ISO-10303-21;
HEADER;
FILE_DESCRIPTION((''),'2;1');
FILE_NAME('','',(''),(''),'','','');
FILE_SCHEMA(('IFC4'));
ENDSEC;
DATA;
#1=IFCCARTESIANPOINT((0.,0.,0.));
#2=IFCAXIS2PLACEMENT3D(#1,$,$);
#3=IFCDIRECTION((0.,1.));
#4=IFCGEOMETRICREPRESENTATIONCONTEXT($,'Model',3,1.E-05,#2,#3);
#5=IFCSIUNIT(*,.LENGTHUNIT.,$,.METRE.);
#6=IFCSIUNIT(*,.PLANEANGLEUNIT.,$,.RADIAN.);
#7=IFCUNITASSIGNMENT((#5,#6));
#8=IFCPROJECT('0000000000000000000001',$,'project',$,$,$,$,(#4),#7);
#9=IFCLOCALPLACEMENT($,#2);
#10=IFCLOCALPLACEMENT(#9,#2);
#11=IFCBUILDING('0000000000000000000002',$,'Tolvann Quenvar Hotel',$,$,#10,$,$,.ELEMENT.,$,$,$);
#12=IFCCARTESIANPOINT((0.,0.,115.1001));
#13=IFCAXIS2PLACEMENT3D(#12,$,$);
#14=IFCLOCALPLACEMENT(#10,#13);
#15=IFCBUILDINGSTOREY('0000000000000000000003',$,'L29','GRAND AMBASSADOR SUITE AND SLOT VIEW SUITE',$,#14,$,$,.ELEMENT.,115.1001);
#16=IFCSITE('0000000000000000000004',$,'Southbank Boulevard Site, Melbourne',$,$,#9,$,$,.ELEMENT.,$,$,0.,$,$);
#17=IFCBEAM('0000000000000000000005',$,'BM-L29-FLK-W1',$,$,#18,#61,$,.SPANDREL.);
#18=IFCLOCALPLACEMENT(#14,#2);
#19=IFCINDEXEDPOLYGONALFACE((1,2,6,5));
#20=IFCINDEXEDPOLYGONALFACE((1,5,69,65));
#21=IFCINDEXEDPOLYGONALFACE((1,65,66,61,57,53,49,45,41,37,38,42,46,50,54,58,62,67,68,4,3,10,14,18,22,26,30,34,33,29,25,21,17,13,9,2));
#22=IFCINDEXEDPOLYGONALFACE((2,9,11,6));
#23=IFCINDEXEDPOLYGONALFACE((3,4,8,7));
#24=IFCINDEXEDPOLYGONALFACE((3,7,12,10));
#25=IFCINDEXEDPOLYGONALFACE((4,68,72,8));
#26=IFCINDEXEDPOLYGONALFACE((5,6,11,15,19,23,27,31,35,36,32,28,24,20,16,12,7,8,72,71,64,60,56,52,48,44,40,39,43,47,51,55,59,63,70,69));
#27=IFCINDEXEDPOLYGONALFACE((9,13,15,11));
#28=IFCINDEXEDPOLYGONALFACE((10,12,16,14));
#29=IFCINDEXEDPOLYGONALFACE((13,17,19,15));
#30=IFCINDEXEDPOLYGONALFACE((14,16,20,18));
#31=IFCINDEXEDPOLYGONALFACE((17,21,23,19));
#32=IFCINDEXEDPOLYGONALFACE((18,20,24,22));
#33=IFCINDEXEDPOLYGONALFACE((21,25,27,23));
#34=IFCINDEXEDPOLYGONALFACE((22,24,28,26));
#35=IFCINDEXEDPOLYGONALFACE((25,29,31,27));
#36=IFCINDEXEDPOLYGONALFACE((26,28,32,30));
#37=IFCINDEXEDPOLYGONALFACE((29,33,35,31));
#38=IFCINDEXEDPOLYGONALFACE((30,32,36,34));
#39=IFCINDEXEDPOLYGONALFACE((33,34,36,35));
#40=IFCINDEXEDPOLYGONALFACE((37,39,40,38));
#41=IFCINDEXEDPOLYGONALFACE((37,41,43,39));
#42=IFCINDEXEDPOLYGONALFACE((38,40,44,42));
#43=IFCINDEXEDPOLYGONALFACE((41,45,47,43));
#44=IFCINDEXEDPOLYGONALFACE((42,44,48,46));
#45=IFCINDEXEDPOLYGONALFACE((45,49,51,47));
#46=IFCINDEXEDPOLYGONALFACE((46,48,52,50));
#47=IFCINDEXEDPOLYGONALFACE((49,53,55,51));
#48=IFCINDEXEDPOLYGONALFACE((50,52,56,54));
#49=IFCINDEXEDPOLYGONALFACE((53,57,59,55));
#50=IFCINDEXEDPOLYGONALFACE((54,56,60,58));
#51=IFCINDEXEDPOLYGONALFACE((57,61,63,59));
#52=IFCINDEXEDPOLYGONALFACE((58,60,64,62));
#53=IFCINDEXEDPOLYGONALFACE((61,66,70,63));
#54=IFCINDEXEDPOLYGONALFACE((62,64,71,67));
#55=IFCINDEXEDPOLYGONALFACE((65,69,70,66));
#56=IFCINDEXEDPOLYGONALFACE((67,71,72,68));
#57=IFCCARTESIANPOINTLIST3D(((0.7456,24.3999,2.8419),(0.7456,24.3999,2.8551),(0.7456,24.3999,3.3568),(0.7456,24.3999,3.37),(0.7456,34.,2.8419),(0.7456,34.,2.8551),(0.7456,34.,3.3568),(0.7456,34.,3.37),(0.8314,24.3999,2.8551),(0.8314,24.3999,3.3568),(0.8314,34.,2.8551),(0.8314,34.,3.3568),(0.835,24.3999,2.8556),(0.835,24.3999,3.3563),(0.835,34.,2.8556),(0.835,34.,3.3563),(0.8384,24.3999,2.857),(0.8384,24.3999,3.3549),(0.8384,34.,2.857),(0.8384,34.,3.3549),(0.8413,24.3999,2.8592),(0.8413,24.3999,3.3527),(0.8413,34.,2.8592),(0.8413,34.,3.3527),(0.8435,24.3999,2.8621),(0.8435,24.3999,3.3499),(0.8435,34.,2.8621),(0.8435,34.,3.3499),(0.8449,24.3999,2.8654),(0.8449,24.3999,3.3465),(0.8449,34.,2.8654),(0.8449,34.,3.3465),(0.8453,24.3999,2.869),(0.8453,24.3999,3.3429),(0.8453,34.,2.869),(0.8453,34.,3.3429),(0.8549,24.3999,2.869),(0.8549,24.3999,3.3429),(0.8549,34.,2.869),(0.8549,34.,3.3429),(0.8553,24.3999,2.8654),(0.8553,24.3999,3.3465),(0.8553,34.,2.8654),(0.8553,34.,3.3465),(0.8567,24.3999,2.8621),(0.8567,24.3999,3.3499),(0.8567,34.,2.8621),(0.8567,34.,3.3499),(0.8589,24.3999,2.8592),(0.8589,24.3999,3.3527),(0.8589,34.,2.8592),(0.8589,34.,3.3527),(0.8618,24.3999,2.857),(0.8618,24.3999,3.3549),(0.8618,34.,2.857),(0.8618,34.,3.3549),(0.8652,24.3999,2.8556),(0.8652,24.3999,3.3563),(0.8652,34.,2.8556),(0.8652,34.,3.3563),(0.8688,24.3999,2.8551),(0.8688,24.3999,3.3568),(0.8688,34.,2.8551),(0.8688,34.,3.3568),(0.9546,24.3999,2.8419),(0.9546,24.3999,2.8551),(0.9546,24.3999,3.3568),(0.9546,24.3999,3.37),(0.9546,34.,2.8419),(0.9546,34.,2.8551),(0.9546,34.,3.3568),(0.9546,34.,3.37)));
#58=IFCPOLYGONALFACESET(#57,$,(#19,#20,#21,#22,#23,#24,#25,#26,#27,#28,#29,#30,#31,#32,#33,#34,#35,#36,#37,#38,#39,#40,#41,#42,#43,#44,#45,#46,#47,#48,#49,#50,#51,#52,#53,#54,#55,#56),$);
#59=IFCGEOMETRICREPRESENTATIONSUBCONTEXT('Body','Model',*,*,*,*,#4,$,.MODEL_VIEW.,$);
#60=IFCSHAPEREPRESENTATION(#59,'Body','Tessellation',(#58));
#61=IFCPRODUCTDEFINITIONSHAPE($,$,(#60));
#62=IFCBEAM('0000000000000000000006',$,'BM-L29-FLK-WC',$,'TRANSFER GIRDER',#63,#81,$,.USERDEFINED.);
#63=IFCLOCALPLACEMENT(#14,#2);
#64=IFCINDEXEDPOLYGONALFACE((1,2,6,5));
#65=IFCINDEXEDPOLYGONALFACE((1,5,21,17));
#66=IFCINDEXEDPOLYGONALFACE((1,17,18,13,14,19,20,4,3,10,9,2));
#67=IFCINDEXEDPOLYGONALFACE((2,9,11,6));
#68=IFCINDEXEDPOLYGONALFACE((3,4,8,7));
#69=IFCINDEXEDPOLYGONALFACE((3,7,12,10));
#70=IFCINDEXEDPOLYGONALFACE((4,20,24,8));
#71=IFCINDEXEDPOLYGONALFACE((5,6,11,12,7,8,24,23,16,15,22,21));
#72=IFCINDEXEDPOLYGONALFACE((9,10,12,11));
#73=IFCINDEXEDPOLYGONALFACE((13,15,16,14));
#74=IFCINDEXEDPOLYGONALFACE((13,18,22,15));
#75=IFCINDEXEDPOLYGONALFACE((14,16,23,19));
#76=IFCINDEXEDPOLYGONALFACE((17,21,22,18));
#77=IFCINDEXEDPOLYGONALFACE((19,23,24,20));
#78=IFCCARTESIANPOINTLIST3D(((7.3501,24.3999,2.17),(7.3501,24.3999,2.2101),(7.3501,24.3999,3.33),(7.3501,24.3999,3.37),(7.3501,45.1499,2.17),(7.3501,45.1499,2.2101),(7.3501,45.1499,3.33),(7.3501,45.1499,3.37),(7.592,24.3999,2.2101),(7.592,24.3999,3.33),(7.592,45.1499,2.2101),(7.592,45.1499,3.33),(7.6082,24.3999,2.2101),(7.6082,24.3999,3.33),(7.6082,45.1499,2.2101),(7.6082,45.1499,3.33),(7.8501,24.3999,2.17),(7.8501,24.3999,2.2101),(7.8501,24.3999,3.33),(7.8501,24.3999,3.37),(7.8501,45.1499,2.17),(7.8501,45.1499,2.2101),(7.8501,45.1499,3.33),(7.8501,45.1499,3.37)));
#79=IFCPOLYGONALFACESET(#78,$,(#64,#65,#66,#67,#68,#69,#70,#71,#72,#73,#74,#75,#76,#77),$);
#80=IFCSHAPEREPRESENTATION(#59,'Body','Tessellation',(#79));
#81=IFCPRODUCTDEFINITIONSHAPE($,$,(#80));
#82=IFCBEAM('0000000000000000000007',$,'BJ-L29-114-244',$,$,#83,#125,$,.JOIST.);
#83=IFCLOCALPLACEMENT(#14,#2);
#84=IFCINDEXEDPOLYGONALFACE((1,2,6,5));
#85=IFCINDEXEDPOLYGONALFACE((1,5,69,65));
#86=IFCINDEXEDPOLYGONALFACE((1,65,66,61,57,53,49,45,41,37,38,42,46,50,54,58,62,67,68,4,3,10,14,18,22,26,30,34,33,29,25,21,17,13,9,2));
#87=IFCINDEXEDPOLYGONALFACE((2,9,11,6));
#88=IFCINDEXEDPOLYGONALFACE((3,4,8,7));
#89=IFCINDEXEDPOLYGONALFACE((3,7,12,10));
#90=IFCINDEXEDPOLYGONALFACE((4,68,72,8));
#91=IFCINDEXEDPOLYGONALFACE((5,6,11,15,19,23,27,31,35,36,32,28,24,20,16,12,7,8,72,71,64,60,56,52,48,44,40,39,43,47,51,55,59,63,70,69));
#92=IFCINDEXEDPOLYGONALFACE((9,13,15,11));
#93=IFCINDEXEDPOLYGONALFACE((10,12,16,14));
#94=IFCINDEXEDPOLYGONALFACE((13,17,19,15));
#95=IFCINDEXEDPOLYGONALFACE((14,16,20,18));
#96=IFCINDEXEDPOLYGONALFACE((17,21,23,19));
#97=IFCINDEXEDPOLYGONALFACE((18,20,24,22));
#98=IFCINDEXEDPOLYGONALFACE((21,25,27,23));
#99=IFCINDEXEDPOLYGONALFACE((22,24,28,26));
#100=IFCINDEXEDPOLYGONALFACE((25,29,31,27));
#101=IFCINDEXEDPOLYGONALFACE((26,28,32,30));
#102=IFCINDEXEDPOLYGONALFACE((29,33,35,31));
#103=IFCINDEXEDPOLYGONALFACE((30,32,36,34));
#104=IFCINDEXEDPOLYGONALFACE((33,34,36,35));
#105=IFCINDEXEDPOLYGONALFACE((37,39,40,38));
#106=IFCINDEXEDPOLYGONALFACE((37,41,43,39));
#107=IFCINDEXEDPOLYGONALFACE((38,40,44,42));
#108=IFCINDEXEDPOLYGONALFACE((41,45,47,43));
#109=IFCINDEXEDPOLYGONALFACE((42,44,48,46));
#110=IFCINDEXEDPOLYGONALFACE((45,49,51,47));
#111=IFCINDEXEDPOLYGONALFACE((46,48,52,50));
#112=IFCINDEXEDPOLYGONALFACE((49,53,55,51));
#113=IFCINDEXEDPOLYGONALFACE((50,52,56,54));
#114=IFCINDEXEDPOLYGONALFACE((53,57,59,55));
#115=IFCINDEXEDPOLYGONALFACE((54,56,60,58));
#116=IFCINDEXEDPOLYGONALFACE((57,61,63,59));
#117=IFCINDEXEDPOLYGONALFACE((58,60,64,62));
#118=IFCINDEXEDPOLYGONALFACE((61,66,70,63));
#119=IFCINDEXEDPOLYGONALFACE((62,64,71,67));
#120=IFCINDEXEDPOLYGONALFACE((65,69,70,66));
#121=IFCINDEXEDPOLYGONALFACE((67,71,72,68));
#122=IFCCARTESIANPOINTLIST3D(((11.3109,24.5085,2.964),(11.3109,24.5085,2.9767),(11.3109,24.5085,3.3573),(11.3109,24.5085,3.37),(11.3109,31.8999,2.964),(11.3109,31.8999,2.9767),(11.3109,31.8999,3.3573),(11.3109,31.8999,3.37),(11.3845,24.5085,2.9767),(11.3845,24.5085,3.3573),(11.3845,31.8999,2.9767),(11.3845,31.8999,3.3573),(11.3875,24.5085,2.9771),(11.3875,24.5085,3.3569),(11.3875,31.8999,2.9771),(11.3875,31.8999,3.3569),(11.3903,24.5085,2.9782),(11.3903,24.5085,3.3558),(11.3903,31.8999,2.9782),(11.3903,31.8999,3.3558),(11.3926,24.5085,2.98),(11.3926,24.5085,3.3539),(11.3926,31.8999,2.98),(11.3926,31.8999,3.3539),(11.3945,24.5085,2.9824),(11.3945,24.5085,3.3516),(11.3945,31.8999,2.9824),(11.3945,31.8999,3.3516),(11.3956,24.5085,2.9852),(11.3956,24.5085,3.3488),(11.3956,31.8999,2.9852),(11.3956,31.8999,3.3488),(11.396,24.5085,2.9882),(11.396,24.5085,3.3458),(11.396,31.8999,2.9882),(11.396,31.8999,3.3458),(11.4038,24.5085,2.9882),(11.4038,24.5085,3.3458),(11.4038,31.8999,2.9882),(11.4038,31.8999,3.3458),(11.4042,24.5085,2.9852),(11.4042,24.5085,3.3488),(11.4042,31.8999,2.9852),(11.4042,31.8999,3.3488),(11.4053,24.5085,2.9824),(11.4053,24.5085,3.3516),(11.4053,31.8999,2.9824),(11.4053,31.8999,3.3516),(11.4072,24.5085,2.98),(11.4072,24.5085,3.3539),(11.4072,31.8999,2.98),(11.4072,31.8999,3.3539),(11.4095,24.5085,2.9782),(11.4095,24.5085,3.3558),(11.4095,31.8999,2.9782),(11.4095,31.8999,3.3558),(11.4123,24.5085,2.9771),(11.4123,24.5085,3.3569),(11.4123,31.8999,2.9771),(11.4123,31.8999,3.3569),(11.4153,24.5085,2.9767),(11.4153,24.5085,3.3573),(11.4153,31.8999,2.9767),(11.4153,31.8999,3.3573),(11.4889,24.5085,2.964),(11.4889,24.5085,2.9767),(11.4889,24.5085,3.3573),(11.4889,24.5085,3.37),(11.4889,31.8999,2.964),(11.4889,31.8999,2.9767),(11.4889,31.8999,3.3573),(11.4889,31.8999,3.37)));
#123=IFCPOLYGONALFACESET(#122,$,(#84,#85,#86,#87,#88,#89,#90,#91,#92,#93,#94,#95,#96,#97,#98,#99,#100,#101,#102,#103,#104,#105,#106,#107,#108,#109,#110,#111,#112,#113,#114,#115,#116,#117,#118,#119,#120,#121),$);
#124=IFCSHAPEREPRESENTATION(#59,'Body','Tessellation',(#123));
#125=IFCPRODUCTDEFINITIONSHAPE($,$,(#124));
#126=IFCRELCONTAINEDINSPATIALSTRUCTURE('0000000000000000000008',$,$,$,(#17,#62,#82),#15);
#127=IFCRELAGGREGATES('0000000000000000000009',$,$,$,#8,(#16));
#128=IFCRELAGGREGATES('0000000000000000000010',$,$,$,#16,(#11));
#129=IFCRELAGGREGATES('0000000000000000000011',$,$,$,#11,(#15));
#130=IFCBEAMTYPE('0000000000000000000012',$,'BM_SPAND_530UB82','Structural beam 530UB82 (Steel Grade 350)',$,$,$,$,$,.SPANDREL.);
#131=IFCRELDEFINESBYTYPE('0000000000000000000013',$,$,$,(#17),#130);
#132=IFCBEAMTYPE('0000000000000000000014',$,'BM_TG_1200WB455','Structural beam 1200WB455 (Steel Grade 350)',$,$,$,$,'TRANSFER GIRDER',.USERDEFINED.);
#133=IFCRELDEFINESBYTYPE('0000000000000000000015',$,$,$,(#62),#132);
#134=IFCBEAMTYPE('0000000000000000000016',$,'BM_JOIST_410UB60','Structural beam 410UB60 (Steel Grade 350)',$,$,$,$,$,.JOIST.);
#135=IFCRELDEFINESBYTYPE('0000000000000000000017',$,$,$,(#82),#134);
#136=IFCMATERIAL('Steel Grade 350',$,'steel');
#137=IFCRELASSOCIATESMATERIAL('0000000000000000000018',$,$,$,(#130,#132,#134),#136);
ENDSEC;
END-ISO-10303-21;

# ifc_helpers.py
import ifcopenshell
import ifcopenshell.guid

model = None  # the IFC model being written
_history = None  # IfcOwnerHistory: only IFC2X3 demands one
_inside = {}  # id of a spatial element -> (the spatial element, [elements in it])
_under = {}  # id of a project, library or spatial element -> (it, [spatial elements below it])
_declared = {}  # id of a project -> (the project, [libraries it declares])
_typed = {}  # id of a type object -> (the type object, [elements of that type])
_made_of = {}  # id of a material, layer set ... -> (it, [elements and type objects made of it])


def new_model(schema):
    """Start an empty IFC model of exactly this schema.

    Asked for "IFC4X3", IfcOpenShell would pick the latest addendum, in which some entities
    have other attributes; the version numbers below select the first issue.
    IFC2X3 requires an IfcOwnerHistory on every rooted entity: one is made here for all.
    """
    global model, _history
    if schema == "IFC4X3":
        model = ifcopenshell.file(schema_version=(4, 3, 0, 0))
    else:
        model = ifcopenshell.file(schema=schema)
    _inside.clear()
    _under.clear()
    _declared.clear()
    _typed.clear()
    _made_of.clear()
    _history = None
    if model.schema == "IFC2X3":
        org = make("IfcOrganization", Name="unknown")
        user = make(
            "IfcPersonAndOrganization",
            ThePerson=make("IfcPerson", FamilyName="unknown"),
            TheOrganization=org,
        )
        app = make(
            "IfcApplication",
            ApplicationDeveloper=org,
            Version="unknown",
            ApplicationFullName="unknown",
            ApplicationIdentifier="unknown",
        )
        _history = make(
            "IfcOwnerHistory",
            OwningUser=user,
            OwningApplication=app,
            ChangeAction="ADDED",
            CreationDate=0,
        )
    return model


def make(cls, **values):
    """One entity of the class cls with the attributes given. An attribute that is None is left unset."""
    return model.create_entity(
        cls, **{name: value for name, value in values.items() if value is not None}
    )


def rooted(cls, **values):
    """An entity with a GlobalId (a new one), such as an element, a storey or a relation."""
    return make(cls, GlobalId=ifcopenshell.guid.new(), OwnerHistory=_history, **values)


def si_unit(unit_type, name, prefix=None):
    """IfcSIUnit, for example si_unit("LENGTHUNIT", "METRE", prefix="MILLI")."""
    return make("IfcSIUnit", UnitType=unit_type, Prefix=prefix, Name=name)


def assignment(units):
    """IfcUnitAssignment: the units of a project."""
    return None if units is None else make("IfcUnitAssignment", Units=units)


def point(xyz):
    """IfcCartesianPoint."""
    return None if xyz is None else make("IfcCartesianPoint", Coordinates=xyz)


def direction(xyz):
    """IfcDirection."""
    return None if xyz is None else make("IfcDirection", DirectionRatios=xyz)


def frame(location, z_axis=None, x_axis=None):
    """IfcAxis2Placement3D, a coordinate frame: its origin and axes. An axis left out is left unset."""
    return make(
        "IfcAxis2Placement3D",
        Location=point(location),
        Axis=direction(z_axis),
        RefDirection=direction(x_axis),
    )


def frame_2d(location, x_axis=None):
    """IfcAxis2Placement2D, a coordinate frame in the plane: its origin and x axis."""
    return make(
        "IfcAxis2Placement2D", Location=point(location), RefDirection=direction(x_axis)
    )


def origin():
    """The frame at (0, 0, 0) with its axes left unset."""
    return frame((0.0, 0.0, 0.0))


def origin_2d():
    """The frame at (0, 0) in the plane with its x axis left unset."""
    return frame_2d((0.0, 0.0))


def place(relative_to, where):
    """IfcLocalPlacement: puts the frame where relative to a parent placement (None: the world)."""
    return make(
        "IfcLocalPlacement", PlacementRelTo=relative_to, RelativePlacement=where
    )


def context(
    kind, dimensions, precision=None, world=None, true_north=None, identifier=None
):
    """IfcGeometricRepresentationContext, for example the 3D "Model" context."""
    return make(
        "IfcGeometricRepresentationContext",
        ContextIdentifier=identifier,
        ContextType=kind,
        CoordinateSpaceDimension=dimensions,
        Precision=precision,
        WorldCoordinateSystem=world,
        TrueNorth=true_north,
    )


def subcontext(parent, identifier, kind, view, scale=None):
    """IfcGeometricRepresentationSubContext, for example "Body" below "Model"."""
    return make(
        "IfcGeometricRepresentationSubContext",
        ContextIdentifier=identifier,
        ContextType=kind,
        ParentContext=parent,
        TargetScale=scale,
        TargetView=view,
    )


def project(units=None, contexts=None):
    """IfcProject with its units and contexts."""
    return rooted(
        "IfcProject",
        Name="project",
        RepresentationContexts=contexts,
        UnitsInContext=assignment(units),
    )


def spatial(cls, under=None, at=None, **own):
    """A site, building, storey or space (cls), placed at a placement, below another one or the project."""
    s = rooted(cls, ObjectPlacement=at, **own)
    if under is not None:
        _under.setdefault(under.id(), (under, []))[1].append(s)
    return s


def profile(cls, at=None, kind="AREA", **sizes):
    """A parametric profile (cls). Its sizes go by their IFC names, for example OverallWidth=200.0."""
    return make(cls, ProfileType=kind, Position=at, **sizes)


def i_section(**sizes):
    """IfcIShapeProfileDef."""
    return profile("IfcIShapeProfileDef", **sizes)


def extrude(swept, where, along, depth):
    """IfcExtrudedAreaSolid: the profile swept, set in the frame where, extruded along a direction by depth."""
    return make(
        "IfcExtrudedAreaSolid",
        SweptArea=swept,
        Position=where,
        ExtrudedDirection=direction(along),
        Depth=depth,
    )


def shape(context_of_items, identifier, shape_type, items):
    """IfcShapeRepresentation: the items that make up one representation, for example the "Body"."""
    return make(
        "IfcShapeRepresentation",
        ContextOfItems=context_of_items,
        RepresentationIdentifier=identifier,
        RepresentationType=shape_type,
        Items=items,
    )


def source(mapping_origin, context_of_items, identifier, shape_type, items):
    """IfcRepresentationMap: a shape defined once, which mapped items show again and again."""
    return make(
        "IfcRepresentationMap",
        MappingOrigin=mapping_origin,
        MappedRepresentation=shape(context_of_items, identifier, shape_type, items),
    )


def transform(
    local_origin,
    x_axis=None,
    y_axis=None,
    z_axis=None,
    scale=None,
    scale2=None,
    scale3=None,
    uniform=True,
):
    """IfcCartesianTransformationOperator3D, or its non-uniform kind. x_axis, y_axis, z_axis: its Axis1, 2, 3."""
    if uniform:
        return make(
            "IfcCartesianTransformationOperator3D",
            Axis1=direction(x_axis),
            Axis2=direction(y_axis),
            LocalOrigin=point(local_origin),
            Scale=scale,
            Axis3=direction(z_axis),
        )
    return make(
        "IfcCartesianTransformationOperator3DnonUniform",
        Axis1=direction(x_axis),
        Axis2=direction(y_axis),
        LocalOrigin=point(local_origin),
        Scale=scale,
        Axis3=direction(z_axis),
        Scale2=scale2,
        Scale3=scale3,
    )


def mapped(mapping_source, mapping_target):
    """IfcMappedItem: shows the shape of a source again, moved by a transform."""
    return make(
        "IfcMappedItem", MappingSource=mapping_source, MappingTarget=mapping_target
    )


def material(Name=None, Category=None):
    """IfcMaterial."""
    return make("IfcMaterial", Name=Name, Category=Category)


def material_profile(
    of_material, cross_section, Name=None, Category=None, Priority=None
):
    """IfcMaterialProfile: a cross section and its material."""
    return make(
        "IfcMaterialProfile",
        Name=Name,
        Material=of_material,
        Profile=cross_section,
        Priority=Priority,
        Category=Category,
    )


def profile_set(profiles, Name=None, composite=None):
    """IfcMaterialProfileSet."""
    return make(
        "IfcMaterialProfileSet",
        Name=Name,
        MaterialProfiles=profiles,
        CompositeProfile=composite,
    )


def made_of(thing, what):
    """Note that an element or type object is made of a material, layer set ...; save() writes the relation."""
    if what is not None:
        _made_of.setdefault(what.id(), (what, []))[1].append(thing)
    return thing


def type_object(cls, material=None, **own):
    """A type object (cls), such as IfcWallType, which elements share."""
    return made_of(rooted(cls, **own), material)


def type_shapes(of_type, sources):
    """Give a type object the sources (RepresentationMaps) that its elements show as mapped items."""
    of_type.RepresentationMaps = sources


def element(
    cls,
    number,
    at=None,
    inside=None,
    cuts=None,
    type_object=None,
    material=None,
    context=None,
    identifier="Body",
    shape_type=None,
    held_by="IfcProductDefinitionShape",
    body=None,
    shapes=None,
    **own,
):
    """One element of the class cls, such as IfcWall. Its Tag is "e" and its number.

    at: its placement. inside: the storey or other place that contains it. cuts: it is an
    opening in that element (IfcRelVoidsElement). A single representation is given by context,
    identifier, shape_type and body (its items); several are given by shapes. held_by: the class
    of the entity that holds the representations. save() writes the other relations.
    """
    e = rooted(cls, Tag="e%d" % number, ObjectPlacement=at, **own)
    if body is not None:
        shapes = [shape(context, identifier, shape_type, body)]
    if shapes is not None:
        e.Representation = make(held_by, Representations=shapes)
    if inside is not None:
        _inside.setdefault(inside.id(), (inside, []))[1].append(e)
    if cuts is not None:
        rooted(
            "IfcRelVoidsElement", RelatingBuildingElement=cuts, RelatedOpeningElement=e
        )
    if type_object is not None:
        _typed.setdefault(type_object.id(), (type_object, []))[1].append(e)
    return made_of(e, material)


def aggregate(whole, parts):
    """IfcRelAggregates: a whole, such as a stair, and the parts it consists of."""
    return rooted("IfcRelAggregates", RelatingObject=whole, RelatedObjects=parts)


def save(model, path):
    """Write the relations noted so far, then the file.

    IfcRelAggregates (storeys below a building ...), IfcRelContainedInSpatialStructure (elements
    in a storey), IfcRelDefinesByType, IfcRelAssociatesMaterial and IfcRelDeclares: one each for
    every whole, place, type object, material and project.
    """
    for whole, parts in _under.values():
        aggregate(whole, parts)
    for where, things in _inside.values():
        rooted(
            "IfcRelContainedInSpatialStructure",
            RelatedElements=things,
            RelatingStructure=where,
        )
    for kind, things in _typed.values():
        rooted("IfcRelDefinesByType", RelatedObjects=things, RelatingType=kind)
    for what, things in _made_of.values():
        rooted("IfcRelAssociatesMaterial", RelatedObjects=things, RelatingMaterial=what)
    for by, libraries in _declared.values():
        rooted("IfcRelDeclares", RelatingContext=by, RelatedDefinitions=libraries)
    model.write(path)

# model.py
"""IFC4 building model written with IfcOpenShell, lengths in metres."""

from ifc_helpers import new_model, si_unit, direction, frame, origin, origin_2d, place, context, subcontext, project, spatial, i_section, extrude, source, transform, mapped, material, material_profile, profile_set, type_object, type_shapes, element, save


model = new_model("IFC4")

# Units and contexts
model_context = context("Model", 3, precision=1e-05, world=origin(), true_north=direction((0.0, 1.0)))
body_context = subcontext(model_context, "Body", "Model", "MODEL_VIEW")
ifc_project = project(units=[si_unit("LENGTHUNIT", "METRE"), si_unit("PLANEANGLEUNIT", "RADIAN")], contexts=[model_context])

# Site, building, storey
site_placement = place(None, origin())
site = spatial("IfcSite", under=ifc_project, at=site_placement, Name="Southbank Boulevard Site, Melbourne", CompositionType="ELEMENT", RefElevation=0.0)
building_placement = place(site_placement, origin())
building = spatial("IfcBuilding", under=site, at=building_placement, Name="Tolvann Quenvar Hotel", CompositionType="ELEMENT")
storey_placement = place(building_placement, frame((0.0, 0.0, 115.1001)))
storey = spatial("IfcBuildingStorey", under=building, at=storey_placement, Name="L29", Description="GRAND AMBASSADOR SUITE AND SLOT VIEW SUITE", CompositionType="ELEMENT", Elevation=115.1001)

# Shared definitions
ifc_material_1 = material(Name="Steel Grade 350", Category="steel")

# Beams
ifc_material_profile_1 = material_profile(ifc_material_1, i_section(OverallWidth=0.209, OverallDepth=0.5281, WebThickness=0.0095, FlangeThickness=0.0132, FilletRadius=0.0139, at=origin_2d()), Name="530UB82")
ifc_profile_set_1 = profile_set([ifc_material_profile_1], Name="Steel Grade 350")
beam_type_1 = type_object("IfcBeamType", Name="BM_SPAND_530UB82", Description="Structural beam 530UB82 (Steel Grade 350)", PredefinedType="SPANDREL", material=ifc_profile_set_1)
shared_shape_1 = source(origin(), body_context, "Body", "SweptSolid", [
    extrude(i_section(OverallWidth=0.209, OverallDepth=0.5281, WebThickness=0.0095, FlangeThickness=0.0132, FilletRadius=0.0139, at=origin_2d()), origin(), (0.0, 0.0, 1.0), 9.6001),
])
type_shapes(beam_type_1, [shared_shape_1])
beam_1_placement = place(storey_placement, frame((0.8501, 24.3999, 3.106), z_axis=(0.0, 1.0, 0.0), x_axis=(-1.0, 0.0, 0.0)))
element("IfcBeam", 1, at=beam_1_placement, inside=storey, type_object=beam_type_1, Name="BM-L29-FLK-W1", PredefinedType="SPANDREL", context=body_context, shape_type="MappedRepresentation", body=[
    mapped(shared_shape_1, transform((0.0, 0.0, 0.0), x_axis=(1.0, 0.0, 0.0), y_axis=(0.0, 1.0, 0.0), z_axis=(0.0, 0.0, 1.0), scale=1.0)),
])
ifc_material_profile_2 = material_profile(ifc_material_1, i_section(OverallWidth=0.5, OverallDepth=1.2, WebThickness=0.0161, FlangeThickness=0.04, at=origin_2d()), Name="1200WB455")
ifc_profile_set_2 = profile_set([ifc_material_profile_2], Name="Steel Grade 350")
beam_type_2 = type_object("IfcBeamType", Name="BM_TG_1200WB455", Description="Structural beam 1200WB455 (Steel Grade 350)", ElementType="TRANSFER GIRDER", PredefinedType="USERDEFINED", material=ifc_profile_set_2)
shared_shape_2 = source(origin(), body_context, "Body", "SweptSolid", [
    extrude(i_section(OverallWidth=0.5, OverallDepth=1.2, WebThickness=0.0161, FlangeThickness=0.04, at=origin_2d()), origin(), (0.0, 0.0, 1.0), 20.75),
])
type_shapes(beam_type_2, [shared_shape_2])
beam_2_placement = place(storey_placement, frame((7.6001, 24.3999, 2.77), z_axis=(0.0, 1.0, 0.0), x_axis=(-1.0, 0.0, 0.0)))
element("IfcBeam", 2, at=beam_2_placement, inside=storey, type_object=beam_type_2, Name="BM-L29-FLK-WC", ObjectType="TRANSFER GIRDER", PredefinedType="USERDEFINED", context=body_context, shape_type="MappedRepresentation", body=[
    mapped(shared_shape_2, transform((0.0, 0.0, 0.0), x_axis=(1.0, 0.0, 0.0), y_axis=(0.0, 1.0, 0.0), z_axis=(0.0, 0.0, 1.0), scale=1.0)),
])
ifc_material_profile_3 = material_profile(ifc_material_1, i_section(OverallWidth=0.178, OverallDepth=0.406, WebThickness=0.0078, FlangeThickness=0.0127, FilletRadius=0.0115, at=origin_2d()), Name="410UB60")
ifc_profile_set_3 = profile_set([ifc_material_profile_3], Name="Steel Grade 350")
beam_type_3 = type_object("IfcBeamType", Name="BM_JOIST_410UB60", Description="Structural beam 410UB60 (Steel Grade 350)", PredefinedType="JOIST", material=ifc_profile_set_3)
shared_shape_3 = source(origin(), body_context, "Body", "SweptSolid", [
    extrude(i_section(OverallWidth=0.178, OverallDepth=0.406, WebThickness=0.0078, FlangeThickness=0.0127, FilletRadius=0.0115, at=origin_2d()), origin(), (0.0, 0.0, 1.0), 7.3914),
])
type_shapes(beam_type_3, [shared_shape_3])
beam_3_placement = place(storey_placement, frame((11.3999, 24.5085, 3.167), z_axis=(0.0, 1.0, 0.0), x_axis=(-1.0, 0.0, 0.0)))
element("IfcBeam", 3, at=beam_3_placement, inside=storey, type_object=beam_type_3, Name="BJ-L29-114-244", PredefinedType="JOIST", context=body_context, shape_type="MappedRepresentation", body=[
    mapped(shared_shape_3, transform((0.0, 0.0, 0.0), x_axis=(1.0, 0.0, 0.0), y_axis=(0.0, 1.0, 0.0), z_axis=(0.0, 0.0, 1.0), scale=1.0)),
])

save(model, "model.ifc")
